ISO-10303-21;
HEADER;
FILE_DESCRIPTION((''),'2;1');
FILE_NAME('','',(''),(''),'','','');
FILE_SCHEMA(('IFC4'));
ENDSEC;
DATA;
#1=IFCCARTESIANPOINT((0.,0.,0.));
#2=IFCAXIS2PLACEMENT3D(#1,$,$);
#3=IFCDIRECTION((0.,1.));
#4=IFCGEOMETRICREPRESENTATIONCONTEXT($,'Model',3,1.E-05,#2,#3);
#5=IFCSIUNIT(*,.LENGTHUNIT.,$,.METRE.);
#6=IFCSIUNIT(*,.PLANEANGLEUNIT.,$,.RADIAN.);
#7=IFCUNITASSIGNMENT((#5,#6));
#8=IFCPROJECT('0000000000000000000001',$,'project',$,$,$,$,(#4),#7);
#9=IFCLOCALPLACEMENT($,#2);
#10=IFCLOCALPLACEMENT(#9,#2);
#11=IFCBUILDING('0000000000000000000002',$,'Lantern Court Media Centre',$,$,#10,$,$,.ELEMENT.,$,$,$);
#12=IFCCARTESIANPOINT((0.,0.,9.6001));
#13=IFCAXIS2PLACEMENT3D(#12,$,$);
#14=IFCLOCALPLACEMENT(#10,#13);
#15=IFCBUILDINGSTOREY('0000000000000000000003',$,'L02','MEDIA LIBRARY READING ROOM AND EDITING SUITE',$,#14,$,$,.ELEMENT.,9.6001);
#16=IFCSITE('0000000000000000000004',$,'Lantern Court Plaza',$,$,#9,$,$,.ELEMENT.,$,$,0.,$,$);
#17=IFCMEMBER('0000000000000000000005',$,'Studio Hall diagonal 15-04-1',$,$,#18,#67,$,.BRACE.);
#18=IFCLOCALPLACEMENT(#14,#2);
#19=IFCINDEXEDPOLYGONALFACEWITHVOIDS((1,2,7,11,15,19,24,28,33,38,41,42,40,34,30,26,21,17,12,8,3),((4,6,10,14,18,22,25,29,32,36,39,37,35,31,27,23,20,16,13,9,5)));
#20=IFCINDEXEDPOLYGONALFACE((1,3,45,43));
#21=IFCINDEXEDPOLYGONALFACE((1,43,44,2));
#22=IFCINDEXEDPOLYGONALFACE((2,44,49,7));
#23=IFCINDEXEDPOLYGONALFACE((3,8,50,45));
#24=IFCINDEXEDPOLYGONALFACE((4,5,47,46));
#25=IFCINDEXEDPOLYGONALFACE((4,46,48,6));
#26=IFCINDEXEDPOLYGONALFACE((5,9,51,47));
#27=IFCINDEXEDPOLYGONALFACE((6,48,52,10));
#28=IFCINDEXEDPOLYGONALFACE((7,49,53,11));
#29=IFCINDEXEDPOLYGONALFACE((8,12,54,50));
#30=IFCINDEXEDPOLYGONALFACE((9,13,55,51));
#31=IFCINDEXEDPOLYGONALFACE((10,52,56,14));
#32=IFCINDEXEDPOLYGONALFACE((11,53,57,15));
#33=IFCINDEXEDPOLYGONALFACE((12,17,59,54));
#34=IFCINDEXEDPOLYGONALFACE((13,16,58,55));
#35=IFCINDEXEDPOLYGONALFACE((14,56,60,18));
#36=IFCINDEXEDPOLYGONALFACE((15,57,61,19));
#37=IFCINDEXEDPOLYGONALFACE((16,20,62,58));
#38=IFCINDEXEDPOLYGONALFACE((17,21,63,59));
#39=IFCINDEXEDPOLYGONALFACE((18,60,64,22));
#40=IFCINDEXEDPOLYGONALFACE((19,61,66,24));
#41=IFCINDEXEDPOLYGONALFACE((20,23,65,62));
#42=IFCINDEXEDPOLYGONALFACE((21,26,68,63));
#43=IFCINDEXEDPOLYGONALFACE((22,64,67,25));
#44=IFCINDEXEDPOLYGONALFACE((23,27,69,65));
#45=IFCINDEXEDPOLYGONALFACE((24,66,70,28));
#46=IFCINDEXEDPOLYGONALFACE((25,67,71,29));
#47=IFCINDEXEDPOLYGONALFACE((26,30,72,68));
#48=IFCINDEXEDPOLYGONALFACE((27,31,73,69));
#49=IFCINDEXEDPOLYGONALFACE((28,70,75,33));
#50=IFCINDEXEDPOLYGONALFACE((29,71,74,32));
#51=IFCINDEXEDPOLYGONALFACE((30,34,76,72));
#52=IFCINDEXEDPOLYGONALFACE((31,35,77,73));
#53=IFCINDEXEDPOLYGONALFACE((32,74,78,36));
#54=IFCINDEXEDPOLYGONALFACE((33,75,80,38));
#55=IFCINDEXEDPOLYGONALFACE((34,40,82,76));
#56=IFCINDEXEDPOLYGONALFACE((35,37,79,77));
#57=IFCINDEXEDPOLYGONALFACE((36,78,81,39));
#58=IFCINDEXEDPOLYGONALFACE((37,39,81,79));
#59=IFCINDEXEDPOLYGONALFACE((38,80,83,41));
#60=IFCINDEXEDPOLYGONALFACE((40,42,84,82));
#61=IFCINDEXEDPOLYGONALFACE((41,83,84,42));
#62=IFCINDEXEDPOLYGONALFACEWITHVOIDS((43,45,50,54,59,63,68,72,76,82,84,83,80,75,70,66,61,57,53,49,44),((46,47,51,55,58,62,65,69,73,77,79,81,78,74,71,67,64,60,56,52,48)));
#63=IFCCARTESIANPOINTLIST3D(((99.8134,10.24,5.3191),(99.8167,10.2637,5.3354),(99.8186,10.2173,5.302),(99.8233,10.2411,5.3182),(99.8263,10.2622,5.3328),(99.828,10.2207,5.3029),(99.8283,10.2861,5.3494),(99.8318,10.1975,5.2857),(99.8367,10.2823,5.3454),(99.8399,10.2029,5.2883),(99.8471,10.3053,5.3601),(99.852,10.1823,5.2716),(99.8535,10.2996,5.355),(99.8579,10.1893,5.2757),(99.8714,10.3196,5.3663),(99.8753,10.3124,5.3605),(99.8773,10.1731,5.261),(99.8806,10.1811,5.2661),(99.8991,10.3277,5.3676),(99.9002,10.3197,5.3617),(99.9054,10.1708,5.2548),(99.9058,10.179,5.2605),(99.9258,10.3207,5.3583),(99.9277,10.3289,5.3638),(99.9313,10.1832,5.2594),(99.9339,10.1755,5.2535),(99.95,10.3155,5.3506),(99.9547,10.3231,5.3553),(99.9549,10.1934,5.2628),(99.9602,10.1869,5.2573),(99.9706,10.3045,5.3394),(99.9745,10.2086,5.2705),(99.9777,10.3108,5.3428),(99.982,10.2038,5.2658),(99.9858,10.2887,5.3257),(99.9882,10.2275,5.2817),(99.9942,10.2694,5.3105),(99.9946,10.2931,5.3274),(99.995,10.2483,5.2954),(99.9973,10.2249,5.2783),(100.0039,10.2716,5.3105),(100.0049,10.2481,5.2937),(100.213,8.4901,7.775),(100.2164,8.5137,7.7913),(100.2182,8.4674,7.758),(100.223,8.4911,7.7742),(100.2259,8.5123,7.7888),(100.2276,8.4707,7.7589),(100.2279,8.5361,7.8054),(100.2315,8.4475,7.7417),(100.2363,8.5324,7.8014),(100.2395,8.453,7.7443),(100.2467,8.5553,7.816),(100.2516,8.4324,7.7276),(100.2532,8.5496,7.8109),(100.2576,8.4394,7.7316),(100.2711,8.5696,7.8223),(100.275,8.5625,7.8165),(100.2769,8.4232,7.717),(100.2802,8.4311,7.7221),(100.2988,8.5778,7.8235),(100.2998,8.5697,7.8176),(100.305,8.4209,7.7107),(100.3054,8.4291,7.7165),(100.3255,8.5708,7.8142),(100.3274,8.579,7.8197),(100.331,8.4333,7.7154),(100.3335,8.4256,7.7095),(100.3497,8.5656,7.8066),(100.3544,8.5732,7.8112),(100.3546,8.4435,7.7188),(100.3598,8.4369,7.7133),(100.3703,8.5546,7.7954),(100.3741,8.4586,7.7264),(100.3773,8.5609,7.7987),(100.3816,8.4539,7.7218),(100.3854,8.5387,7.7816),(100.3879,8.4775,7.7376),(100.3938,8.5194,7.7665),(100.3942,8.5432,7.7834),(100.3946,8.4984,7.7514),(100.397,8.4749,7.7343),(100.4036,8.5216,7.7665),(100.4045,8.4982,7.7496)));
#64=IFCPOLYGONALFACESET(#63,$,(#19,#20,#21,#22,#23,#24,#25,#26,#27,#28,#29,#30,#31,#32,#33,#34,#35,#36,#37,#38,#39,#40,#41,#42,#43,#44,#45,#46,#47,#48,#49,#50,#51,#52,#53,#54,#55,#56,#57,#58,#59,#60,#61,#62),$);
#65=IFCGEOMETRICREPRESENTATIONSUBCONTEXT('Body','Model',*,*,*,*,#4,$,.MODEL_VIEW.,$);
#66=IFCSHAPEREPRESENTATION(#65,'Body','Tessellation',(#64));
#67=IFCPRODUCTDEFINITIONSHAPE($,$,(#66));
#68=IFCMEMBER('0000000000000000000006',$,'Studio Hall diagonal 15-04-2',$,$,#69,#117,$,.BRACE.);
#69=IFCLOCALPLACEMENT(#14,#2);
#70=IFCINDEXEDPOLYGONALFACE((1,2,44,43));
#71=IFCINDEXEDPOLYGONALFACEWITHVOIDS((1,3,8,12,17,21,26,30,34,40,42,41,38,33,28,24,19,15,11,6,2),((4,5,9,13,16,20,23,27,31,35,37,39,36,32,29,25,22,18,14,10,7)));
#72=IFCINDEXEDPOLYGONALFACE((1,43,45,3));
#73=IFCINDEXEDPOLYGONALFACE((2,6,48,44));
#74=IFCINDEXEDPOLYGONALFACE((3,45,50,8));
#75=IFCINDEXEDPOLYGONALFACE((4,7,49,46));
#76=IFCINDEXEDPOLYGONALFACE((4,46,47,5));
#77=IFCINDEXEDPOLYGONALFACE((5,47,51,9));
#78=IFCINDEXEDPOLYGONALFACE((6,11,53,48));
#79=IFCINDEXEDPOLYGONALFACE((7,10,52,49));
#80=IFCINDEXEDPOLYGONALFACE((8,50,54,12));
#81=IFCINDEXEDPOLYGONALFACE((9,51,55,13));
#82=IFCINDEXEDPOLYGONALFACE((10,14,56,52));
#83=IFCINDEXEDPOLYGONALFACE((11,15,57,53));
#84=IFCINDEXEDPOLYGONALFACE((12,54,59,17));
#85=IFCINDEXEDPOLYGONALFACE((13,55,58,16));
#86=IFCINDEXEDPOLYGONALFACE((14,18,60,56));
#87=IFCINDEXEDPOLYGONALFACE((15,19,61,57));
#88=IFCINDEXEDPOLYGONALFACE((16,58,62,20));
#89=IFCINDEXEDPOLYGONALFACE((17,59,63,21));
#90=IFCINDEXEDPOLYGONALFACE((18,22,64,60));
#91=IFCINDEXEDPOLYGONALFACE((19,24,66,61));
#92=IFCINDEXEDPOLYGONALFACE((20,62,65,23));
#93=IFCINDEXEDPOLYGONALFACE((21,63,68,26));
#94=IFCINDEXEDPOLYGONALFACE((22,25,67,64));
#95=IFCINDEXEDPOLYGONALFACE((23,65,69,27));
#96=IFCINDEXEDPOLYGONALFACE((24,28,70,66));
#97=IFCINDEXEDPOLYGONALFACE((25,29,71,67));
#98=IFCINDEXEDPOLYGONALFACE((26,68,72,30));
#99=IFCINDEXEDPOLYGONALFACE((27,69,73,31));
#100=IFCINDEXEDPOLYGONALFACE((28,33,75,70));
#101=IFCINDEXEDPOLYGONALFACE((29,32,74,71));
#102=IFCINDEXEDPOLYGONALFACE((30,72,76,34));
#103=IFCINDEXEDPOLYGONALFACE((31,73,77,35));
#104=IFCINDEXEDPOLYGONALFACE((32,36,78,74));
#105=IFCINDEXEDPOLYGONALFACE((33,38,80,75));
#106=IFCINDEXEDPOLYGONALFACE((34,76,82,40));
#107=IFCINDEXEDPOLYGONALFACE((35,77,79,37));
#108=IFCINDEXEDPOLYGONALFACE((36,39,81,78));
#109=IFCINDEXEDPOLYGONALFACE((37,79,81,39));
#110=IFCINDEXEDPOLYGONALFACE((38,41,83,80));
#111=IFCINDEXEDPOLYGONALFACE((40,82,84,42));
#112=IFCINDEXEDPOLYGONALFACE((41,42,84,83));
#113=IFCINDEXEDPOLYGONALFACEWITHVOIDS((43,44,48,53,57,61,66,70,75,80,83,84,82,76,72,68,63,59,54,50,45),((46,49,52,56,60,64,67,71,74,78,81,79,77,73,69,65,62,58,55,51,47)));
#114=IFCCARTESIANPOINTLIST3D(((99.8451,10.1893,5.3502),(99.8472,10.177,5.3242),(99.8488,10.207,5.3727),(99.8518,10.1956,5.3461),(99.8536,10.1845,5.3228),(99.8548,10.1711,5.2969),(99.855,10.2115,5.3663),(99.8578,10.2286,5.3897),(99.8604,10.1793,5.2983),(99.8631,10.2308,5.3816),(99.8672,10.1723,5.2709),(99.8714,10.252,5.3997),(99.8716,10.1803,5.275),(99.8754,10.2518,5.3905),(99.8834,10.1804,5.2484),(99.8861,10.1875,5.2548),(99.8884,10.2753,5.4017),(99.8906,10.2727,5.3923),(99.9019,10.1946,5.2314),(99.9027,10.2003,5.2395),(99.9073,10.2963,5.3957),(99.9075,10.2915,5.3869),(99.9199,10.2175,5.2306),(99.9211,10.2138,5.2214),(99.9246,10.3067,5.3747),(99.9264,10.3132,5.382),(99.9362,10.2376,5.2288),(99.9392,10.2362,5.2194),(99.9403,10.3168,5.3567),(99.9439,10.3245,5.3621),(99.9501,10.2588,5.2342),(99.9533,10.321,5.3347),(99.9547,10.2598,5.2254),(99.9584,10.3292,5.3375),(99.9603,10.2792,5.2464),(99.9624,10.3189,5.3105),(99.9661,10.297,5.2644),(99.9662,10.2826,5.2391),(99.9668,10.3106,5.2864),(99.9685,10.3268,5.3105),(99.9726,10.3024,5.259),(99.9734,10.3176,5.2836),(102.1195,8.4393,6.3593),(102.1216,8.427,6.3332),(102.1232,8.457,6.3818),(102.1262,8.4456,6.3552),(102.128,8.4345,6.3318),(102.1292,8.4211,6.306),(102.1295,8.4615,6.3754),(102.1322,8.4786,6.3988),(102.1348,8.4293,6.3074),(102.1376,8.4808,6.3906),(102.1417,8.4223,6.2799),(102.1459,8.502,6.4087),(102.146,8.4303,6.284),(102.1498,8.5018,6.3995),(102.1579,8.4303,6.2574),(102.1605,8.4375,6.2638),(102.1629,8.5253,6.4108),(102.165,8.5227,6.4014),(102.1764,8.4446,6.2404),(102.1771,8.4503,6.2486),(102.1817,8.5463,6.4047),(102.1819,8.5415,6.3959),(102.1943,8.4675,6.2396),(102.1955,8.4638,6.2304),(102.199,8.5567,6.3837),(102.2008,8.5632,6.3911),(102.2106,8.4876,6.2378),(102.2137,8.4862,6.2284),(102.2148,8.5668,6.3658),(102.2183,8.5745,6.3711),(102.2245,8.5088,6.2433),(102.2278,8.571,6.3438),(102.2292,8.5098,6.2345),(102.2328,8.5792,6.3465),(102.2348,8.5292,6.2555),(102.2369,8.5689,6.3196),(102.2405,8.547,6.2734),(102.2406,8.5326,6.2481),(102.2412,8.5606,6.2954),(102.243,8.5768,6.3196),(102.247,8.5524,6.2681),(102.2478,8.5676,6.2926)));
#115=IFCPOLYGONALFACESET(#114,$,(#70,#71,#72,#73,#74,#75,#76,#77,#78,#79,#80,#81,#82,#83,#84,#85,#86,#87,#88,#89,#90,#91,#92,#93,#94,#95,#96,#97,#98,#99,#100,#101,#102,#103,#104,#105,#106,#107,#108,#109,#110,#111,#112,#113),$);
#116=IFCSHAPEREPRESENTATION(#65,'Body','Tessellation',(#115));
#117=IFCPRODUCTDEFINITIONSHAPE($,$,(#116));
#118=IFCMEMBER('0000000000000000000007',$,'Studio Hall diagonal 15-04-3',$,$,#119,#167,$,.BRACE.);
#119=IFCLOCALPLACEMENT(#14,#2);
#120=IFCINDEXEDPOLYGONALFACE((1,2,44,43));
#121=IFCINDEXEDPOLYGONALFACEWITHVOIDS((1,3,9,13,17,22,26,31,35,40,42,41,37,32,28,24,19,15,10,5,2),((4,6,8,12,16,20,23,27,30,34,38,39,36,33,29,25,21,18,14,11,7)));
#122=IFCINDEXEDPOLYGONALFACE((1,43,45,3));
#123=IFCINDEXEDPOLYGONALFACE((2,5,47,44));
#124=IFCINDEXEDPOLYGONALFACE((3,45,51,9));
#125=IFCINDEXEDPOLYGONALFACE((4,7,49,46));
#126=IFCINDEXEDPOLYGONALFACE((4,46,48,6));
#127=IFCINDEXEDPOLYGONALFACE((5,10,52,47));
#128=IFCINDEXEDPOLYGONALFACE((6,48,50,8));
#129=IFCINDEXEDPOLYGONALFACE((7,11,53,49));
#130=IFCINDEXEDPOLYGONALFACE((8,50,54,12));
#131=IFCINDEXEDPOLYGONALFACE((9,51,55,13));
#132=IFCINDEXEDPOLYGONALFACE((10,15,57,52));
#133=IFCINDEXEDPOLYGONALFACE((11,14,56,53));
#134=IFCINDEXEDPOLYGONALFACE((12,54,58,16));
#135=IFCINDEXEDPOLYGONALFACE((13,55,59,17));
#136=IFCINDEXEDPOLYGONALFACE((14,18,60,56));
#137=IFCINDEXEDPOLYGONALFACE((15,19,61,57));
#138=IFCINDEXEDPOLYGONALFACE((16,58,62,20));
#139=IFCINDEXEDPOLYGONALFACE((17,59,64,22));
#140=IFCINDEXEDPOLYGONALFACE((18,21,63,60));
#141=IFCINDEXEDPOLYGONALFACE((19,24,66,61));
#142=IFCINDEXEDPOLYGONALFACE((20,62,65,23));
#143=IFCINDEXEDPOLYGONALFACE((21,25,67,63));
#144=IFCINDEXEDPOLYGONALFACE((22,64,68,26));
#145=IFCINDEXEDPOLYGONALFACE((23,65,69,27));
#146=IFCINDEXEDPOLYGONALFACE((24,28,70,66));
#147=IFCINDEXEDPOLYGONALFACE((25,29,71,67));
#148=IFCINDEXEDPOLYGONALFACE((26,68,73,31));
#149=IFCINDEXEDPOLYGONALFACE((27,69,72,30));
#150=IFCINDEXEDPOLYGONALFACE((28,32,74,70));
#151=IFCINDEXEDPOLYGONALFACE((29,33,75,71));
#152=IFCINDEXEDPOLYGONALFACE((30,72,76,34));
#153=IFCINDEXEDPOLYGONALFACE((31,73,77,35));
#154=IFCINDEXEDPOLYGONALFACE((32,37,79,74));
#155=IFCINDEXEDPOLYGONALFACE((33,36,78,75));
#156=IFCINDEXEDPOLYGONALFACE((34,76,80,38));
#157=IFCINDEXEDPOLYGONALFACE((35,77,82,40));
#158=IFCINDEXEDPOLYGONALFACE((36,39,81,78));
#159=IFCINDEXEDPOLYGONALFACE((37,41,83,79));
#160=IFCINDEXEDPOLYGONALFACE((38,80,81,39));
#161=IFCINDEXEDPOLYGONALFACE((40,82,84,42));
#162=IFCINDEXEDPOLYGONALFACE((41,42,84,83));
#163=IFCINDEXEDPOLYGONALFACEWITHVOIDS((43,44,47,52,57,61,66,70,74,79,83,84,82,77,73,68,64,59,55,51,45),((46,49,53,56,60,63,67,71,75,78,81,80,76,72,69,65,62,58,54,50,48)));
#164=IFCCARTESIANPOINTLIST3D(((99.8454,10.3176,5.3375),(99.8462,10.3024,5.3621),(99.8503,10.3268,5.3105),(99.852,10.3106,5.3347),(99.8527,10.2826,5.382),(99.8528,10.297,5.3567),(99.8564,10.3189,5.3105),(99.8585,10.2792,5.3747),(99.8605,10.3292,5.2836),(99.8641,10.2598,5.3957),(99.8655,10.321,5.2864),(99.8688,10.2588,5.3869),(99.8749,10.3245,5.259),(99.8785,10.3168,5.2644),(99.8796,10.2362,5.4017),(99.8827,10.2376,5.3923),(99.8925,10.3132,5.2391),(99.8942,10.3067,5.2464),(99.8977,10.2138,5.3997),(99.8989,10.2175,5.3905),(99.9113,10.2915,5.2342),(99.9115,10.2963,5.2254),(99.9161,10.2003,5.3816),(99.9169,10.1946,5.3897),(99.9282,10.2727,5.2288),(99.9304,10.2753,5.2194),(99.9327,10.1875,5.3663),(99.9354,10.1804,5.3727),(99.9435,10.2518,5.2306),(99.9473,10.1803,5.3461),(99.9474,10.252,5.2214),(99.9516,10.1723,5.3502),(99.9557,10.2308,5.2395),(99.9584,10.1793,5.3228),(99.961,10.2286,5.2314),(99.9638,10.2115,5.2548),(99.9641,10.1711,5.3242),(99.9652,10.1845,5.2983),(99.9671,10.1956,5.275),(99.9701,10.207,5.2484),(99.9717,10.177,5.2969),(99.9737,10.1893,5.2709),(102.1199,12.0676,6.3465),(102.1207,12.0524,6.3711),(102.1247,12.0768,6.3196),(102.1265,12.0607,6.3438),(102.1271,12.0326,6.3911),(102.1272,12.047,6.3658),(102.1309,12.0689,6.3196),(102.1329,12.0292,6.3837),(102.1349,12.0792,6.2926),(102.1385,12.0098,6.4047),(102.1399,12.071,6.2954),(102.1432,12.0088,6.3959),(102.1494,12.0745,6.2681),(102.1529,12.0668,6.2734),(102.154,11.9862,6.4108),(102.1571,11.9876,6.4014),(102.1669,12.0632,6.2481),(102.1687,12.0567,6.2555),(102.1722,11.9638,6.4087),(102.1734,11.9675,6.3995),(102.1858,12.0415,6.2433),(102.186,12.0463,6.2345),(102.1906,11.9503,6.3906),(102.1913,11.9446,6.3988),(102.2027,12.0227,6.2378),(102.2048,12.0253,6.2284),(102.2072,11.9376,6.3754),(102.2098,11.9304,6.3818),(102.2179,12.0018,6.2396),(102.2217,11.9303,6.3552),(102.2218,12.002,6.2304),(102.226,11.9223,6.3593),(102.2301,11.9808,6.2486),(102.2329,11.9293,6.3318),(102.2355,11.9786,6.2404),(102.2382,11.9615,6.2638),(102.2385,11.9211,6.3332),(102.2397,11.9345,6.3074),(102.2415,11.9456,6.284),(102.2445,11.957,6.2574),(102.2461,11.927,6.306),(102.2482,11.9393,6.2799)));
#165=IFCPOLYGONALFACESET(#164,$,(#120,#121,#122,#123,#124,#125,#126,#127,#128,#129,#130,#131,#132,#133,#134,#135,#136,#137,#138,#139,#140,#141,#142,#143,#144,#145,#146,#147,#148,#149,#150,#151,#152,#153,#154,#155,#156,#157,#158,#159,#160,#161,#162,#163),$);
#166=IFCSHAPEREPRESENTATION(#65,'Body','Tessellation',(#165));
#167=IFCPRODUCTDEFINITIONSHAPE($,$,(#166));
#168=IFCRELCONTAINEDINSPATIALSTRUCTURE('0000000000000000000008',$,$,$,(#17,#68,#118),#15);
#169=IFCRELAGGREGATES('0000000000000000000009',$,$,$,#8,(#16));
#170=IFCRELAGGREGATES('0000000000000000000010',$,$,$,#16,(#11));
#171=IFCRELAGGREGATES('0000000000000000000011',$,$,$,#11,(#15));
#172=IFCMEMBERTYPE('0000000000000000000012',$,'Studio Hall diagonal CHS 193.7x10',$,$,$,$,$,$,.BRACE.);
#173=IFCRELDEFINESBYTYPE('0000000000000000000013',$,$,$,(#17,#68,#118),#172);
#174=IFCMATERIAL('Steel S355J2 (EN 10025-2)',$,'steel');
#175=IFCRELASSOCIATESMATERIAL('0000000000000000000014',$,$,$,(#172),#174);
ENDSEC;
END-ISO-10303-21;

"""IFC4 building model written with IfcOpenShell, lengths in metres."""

from ifc_helpers import new_model, si_unit, direction, frame, origin, origin_2d, place, context, subcontext, project, spatial, hollow_circle, extrude, material, material_profile, profile_set, type_object, element, save


model = new_model("IFC4")

# Units and contexts
model_context = context("Model", 3, precision=1e-05, world=origin(), true_north=direction((0.0, 1.0)))
body_context = subcontext(model_context, "Body", "Model", "MODEL_VIEW")
ifc_project = project(units=[si_unit("LENGTHUNIT", "METRE"), si_unit("PLANEANGLEUNIT", "RADIAN")], contexts=[model_context])

# Site, building, storey
site_placement = place(None, origin())
site = spatial("IfcSite", under=ifc_project, at=site_placement, Name="Lantern Court Plaza", CompositionType="ELEMENT", RefElevation=0.0)
building_placement = place(site_placement, origin())
building = spatial("IfcBuilding", under=site, at=building_placement, Name="Lantern Court Media Centre", CompositionType="ELEMENT")
storey_placement = place(building_placement, frame((0.0, 0.0, 9.6001)))
storey = spatial("IfcBuildingStorey", under=building, at=storey_placement, Name="L02", Description="MEDIA LIBRARY READING ROOM AND EDITING SUITE", CompositionType="ELEMENT", Elevation=9.6001)

# Members
ifc_material_1 = material(Name="Steel S355J2 (EN 10025-2)", Category="steel")
ifc_material_profile_1 = material_profile(ifc_material_1, hollow_circle(Radius=0.0969, WallThickness=0.01, at=origin_2d()), Name="Studio Hall diagonal CHS 193.7x10")
ifc_profile_set_1 = profile_set([ifc_material_profile_1], Name="Steel S355J2 (EN 10025-2)")
member_type_1 = type_object("IfcMemberType", Name="Studio Hall diagonal CHS 193.7x10", PredefinedType="BRACE", material=ifc_profile_set_1)
for number, where, z_axis, x_axis, name in (
    (1, (99.9094, 10.25, 5.3105), (0.131375, -0.575259, 0.807352), (0.9749, 0.222644, 0.0), "Studio Hall diagonal 15-04-1"),
    (2, (99.9094, 10.25, 5.3105), (0.747677, -0.575284, 0.331703), (0.609809, 0.792548, 0.0), "Studio Hall diagonal 15-04-2"),
    (3, (99.9094, 10.25, 5.3105), (0.747677, 0.575284, 0.331703), (-0.609809, 0.792548, 0.0), "Studio Hall diagonal 15-04-3"),
):
    element("IfcMember", number, at=place(storey_placement, frame(where, z_axis=z_axis, x_axis=x_axis)), inside=storey, type_object=member_type_1, Name=name, PredefinedType="BRACE", context=body_context, shape_type="SweptSolid", body=[
        extrude(hollow_circle(Radius=0.0969, WallThickness=0.01, at=origin_2d()), origin(), (0.0, 0.0, 1.0), 3.042),
    ])

save(model, "model.ifc")
